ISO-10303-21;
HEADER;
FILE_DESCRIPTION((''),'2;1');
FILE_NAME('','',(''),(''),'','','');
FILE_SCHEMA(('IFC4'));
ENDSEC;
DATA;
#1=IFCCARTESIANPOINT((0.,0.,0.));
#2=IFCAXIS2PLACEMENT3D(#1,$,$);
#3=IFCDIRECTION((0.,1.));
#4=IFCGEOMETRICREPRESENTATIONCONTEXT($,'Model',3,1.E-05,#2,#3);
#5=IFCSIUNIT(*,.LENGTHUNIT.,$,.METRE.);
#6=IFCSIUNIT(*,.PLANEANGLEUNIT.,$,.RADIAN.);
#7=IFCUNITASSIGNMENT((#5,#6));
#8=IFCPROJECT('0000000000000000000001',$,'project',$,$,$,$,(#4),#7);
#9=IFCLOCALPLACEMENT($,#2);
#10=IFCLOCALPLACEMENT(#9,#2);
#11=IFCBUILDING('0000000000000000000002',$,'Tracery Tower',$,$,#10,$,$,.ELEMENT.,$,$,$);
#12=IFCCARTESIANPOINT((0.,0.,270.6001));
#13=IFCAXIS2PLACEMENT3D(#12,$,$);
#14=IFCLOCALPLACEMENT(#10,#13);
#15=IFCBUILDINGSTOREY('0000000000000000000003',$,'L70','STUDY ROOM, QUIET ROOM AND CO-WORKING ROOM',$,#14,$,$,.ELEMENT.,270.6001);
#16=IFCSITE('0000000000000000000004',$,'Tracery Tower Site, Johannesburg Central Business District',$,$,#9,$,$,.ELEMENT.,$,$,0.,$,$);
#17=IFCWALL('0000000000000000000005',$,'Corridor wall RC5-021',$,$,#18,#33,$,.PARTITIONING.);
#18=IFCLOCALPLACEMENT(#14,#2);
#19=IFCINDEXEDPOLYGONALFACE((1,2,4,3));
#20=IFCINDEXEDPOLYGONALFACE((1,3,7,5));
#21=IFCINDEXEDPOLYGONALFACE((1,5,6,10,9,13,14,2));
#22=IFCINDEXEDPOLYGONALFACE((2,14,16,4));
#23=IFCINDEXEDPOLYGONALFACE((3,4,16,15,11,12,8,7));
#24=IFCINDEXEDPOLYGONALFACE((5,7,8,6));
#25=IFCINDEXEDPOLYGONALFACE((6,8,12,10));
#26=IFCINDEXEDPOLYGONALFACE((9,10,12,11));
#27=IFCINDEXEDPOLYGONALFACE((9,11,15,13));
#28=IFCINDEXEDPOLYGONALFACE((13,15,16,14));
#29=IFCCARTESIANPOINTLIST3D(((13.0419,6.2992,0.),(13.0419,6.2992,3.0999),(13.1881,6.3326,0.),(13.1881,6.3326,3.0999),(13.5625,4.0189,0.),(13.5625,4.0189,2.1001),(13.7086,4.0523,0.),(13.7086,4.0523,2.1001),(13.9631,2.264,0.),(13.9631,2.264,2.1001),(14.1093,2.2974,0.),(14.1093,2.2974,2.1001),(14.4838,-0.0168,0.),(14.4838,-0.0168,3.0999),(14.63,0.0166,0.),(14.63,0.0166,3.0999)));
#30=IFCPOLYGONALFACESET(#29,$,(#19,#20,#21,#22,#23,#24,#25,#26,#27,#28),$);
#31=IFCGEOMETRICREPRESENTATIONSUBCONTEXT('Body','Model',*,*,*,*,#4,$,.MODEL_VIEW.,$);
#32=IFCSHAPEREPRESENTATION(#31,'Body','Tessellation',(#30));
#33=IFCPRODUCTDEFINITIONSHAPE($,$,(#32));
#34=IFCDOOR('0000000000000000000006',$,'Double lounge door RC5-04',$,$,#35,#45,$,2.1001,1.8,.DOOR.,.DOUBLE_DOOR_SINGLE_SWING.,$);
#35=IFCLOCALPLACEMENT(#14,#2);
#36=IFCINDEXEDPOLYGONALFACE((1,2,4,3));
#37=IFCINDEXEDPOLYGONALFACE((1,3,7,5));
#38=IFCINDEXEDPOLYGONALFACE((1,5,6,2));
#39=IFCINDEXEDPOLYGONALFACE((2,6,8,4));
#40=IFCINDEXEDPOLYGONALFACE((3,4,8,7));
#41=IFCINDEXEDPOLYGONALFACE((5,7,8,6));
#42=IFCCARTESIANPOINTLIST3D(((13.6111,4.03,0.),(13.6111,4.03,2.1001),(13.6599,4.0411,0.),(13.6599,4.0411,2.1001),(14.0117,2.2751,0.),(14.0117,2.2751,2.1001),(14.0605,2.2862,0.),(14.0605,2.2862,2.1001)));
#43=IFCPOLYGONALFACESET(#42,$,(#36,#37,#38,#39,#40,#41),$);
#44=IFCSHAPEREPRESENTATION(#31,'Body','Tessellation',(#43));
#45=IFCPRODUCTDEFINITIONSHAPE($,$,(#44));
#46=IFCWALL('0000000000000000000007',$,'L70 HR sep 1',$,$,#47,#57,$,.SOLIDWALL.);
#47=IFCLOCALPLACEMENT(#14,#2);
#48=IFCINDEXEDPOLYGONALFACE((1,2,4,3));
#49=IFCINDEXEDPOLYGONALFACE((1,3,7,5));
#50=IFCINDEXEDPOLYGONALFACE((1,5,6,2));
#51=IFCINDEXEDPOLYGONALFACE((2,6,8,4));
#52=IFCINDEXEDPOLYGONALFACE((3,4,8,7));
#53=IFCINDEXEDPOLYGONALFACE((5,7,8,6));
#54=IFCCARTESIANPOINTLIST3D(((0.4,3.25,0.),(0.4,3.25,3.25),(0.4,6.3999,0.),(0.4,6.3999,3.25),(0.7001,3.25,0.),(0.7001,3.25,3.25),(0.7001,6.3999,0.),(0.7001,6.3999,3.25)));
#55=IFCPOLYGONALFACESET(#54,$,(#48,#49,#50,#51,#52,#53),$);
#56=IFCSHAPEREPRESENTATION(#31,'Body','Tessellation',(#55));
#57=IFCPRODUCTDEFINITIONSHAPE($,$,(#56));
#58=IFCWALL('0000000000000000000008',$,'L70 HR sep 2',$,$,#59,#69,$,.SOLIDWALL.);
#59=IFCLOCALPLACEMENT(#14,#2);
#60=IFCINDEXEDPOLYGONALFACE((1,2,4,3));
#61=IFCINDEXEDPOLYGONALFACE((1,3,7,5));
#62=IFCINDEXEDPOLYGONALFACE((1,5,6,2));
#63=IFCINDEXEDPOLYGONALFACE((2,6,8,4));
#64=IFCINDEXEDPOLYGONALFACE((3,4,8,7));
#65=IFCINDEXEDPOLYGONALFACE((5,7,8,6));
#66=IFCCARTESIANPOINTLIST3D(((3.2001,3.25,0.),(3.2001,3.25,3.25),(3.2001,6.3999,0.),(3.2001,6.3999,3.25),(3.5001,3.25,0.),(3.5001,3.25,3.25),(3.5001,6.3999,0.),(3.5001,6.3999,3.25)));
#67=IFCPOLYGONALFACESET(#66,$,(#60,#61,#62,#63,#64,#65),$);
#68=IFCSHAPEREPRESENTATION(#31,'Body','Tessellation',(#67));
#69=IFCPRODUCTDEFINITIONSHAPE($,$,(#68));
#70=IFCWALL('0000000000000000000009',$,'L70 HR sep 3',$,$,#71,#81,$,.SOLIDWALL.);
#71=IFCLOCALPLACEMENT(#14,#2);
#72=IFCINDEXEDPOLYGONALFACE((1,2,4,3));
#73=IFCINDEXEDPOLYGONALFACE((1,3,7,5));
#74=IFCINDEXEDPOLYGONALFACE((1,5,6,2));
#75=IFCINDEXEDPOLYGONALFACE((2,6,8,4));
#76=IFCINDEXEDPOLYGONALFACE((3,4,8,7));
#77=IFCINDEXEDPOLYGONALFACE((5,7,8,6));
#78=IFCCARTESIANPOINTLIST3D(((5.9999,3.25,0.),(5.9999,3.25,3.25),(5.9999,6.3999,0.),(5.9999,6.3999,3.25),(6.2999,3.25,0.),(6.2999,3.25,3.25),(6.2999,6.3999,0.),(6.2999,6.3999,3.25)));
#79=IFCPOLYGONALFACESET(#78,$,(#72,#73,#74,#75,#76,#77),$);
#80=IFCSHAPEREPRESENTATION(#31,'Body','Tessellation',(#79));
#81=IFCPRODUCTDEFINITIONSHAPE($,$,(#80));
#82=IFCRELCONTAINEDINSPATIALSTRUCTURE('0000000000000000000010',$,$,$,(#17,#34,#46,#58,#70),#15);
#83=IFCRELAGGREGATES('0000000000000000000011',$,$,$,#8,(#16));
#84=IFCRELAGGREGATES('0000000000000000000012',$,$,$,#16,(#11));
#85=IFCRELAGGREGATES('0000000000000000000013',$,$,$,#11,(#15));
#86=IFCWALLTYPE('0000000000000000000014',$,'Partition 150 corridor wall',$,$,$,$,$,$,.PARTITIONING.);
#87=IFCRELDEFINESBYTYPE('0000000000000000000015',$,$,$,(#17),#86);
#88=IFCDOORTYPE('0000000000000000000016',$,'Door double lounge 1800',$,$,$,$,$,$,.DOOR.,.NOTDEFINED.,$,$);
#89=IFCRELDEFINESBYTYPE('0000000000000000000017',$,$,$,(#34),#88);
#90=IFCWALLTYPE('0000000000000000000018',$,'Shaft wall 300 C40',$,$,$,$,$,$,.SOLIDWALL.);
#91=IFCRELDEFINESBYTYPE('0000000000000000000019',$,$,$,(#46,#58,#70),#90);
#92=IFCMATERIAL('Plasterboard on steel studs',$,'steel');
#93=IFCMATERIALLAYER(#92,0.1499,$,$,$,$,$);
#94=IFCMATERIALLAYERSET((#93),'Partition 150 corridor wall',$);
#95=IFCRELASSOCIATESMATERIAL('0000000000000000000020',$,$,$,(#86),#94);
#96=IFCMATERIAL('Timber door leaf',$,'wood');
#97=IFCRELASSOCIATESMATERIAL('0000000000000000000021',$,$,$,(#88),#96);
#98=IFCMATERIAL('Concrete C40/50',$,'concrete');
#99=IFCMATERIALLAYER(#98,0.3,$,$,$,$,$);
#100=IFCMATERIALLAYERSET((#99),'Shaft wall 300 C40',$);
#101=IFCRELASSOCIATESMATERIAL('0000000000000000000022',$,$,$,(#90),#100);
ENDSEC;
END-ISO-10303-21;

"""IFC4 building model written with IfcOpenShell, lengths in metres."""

from ifc_helpers import new_model, si_unit, direction, frame, frame_2d, origin, place, context, subcontext, project, spatial, rectangle, extrude, material, layer, layer_set, type_object, element, fill, save


model = new_model("IFC4")

# Units and contexts
model_context = context("Model", 3, precision=1e-05, world=origin(), true_north=direction((0.0, 1.0)))
body_context = subcontext(model_context, "Body", "Model", "MODEL_VIEW")
ifc_project = project(units=[si_unit("LENGTHUNIT", "METRE"), si_unit("PLANEANGLEUNIT", "RADIAN")], contexts=[model_context])

# Site, building, storey
site_placement = place(None, origin())
site = spatial("IfcSite", under=ifc_project, at=site_placement, Name="Tracery Tower Site, Johannesburg Central Business District", CompositionType="ELEMENT", RefElevation=0.0)
building_placement = place(site_placement, origin())
building = spatial("IfcBuilding", under=site, at=building_placement, Name="Tracery Tower", CompositionType="ELEMENT")
storey_placement = place(building_placement, frame((0.0, 0.0, 270.6001)))
storey = spatial("IfcBuildingStorey", under=building, at=storey_placement, Name="L70", Description="STUDY ROOM, QUIET ROOM AND CO-WORKING ROOM", CompositionType="ELEMENT", Elevation=270.6001)

# Shared definitions
ifc_material_1 = material(Name="Plasterboard on steel studs", Category="steel")
ifc_layer_1 = layer(ifc_material_1, 0.1499)
ifc_layer_set_1 = layer_set([ifc_layer_1], Name="Partition 150 corridor wall")
wall_type_1 = type_object("IfcWallType", Name="Partition 150 corridor wall", PredefinedType="PARTITIONING", material=ifc_layer_set_1)

# Wall, opening, door
wall_1_placement = place(storey_placement, frame((13.115, 6.3159, 0.0), z_axis=(0.0, 0.0, 1.0), x_axis=(0.222569, -0.974917, 0.0)))
wall_1 = element("IfcWall", 1, at=wall_1_placement, inside=storey, type_object=wall_type_1, Name="Corridor wall RC5-021", PredefinedType="PARTITIONING", context=body_context, shape_type="SweptSolid", body=[
    extrude(rectangle(XDim=6.4785, YDim=0.1499, at=frame_2d((3.2393, 0.0))), origin(), (0.0, 0.0, 1.0), 3.0999),
])
opening_1_placement = place(wall_1_placement, frame((2.3391, 0.0, 0.0)))
opening_1 = element("IfcOpeningElement", 2, at=opening_1_placement, cuts=wall_1, PredefinedType="OPENING", context=body_context, shape_type="SweptSolid", body=[
    extrude(rectangle(XDim=1.8, YDim=2.1001, at=frame_2d((0.8999, 1.05))), frame((0.0, 0.075, 0.0), z_axis=(0.0, -1.0, 0.0), x_axis=(1.0, 0.0, 0.0)), (0.0, 0.0, 1.0), 0.1499),
])
ifc_material_2 = material(Name="Timber door leaf", Category="wood")
door_type_1 = type_object("IfcDoorType", Name="Door double lounge 1800", OperationType="NOTDEFINED", PredefinedType="DOOR", material=ifc_material_2)
door_1_placement = place(opening_1_placement, origin())
door_1 = element("IfcDoor", 3, at=door_1_placement, inside=storey, type_object=door_type_1, Name="Double lounge door RC5-04", OperationType="DOUBLE_DOOR_SINGLE_SWING", OverallHeight=2.1001, OverallWidth=1.8, PredefinedType="DOOR", context=body_context, shape_type="SweptSolid", body=[
    extrude(rectangle(XDim=1.8, YDim=2.1001, at=frame_2d((0.8999, 1.05))), frame((0.0, 0.0249, 0.0), z_axis=(0.0, -1.0, 0.0), x_axis=(1.0, 0.0, 0.0)), (0.0, 0.0, 1.0), 0.05),
])
fill(opening_1, door_1)

# Walls
ifc_material_3 = material(Name="Concrete C40/50", Category="concrete")
ifc_layer_2 = layer(ifc_material_3, 0.3)
ifc_layer_set_2 = layer_set([ifc_layer_2], Name="Shaft wall 300 C40")
wall_type_2 = type_object("IfcWallType", Name="Shaft wall 300 C40", PredefinedType="SOLIDWALL", material=ifc_layer_set_2)
for number, where, z_axis, x_axis, name in (
    (4, (0.55, 3.25, 0.0), (0.0, 0.0, 1.0), (0.0, 1.0, 0.0), "L70 HR sep 1"),
    (5, (3.3501, 3.25, 0.0), (0.0, 0.0, 1.0), (0.0, 1.0, 0.0), "L70 HR sep 2"),
    (6, (6.1499, 3.25, 0.0), (0.0, 0.0, 1.0), (0.0, 1.0, 0.0), "L70 HR sep 3"),
):
    element("IfcWall", number, at=place(storey_placement, frame(where, z_axis=z_axis, x_axis=x_axis)), inside=storey, type_object=wall_type_2, Name=name, PredefinedType="SOLIDWALL", context=body_context, shape_type="SweptSolid", body=[
        extrude(rectangle(XDim=3.1499, YDim=0.3, at=frame_2d((1.575, 0.0))), origin(), (0.0, 0.0, 1.0), 3.25),
    ])

save(model, "model.ifc")
